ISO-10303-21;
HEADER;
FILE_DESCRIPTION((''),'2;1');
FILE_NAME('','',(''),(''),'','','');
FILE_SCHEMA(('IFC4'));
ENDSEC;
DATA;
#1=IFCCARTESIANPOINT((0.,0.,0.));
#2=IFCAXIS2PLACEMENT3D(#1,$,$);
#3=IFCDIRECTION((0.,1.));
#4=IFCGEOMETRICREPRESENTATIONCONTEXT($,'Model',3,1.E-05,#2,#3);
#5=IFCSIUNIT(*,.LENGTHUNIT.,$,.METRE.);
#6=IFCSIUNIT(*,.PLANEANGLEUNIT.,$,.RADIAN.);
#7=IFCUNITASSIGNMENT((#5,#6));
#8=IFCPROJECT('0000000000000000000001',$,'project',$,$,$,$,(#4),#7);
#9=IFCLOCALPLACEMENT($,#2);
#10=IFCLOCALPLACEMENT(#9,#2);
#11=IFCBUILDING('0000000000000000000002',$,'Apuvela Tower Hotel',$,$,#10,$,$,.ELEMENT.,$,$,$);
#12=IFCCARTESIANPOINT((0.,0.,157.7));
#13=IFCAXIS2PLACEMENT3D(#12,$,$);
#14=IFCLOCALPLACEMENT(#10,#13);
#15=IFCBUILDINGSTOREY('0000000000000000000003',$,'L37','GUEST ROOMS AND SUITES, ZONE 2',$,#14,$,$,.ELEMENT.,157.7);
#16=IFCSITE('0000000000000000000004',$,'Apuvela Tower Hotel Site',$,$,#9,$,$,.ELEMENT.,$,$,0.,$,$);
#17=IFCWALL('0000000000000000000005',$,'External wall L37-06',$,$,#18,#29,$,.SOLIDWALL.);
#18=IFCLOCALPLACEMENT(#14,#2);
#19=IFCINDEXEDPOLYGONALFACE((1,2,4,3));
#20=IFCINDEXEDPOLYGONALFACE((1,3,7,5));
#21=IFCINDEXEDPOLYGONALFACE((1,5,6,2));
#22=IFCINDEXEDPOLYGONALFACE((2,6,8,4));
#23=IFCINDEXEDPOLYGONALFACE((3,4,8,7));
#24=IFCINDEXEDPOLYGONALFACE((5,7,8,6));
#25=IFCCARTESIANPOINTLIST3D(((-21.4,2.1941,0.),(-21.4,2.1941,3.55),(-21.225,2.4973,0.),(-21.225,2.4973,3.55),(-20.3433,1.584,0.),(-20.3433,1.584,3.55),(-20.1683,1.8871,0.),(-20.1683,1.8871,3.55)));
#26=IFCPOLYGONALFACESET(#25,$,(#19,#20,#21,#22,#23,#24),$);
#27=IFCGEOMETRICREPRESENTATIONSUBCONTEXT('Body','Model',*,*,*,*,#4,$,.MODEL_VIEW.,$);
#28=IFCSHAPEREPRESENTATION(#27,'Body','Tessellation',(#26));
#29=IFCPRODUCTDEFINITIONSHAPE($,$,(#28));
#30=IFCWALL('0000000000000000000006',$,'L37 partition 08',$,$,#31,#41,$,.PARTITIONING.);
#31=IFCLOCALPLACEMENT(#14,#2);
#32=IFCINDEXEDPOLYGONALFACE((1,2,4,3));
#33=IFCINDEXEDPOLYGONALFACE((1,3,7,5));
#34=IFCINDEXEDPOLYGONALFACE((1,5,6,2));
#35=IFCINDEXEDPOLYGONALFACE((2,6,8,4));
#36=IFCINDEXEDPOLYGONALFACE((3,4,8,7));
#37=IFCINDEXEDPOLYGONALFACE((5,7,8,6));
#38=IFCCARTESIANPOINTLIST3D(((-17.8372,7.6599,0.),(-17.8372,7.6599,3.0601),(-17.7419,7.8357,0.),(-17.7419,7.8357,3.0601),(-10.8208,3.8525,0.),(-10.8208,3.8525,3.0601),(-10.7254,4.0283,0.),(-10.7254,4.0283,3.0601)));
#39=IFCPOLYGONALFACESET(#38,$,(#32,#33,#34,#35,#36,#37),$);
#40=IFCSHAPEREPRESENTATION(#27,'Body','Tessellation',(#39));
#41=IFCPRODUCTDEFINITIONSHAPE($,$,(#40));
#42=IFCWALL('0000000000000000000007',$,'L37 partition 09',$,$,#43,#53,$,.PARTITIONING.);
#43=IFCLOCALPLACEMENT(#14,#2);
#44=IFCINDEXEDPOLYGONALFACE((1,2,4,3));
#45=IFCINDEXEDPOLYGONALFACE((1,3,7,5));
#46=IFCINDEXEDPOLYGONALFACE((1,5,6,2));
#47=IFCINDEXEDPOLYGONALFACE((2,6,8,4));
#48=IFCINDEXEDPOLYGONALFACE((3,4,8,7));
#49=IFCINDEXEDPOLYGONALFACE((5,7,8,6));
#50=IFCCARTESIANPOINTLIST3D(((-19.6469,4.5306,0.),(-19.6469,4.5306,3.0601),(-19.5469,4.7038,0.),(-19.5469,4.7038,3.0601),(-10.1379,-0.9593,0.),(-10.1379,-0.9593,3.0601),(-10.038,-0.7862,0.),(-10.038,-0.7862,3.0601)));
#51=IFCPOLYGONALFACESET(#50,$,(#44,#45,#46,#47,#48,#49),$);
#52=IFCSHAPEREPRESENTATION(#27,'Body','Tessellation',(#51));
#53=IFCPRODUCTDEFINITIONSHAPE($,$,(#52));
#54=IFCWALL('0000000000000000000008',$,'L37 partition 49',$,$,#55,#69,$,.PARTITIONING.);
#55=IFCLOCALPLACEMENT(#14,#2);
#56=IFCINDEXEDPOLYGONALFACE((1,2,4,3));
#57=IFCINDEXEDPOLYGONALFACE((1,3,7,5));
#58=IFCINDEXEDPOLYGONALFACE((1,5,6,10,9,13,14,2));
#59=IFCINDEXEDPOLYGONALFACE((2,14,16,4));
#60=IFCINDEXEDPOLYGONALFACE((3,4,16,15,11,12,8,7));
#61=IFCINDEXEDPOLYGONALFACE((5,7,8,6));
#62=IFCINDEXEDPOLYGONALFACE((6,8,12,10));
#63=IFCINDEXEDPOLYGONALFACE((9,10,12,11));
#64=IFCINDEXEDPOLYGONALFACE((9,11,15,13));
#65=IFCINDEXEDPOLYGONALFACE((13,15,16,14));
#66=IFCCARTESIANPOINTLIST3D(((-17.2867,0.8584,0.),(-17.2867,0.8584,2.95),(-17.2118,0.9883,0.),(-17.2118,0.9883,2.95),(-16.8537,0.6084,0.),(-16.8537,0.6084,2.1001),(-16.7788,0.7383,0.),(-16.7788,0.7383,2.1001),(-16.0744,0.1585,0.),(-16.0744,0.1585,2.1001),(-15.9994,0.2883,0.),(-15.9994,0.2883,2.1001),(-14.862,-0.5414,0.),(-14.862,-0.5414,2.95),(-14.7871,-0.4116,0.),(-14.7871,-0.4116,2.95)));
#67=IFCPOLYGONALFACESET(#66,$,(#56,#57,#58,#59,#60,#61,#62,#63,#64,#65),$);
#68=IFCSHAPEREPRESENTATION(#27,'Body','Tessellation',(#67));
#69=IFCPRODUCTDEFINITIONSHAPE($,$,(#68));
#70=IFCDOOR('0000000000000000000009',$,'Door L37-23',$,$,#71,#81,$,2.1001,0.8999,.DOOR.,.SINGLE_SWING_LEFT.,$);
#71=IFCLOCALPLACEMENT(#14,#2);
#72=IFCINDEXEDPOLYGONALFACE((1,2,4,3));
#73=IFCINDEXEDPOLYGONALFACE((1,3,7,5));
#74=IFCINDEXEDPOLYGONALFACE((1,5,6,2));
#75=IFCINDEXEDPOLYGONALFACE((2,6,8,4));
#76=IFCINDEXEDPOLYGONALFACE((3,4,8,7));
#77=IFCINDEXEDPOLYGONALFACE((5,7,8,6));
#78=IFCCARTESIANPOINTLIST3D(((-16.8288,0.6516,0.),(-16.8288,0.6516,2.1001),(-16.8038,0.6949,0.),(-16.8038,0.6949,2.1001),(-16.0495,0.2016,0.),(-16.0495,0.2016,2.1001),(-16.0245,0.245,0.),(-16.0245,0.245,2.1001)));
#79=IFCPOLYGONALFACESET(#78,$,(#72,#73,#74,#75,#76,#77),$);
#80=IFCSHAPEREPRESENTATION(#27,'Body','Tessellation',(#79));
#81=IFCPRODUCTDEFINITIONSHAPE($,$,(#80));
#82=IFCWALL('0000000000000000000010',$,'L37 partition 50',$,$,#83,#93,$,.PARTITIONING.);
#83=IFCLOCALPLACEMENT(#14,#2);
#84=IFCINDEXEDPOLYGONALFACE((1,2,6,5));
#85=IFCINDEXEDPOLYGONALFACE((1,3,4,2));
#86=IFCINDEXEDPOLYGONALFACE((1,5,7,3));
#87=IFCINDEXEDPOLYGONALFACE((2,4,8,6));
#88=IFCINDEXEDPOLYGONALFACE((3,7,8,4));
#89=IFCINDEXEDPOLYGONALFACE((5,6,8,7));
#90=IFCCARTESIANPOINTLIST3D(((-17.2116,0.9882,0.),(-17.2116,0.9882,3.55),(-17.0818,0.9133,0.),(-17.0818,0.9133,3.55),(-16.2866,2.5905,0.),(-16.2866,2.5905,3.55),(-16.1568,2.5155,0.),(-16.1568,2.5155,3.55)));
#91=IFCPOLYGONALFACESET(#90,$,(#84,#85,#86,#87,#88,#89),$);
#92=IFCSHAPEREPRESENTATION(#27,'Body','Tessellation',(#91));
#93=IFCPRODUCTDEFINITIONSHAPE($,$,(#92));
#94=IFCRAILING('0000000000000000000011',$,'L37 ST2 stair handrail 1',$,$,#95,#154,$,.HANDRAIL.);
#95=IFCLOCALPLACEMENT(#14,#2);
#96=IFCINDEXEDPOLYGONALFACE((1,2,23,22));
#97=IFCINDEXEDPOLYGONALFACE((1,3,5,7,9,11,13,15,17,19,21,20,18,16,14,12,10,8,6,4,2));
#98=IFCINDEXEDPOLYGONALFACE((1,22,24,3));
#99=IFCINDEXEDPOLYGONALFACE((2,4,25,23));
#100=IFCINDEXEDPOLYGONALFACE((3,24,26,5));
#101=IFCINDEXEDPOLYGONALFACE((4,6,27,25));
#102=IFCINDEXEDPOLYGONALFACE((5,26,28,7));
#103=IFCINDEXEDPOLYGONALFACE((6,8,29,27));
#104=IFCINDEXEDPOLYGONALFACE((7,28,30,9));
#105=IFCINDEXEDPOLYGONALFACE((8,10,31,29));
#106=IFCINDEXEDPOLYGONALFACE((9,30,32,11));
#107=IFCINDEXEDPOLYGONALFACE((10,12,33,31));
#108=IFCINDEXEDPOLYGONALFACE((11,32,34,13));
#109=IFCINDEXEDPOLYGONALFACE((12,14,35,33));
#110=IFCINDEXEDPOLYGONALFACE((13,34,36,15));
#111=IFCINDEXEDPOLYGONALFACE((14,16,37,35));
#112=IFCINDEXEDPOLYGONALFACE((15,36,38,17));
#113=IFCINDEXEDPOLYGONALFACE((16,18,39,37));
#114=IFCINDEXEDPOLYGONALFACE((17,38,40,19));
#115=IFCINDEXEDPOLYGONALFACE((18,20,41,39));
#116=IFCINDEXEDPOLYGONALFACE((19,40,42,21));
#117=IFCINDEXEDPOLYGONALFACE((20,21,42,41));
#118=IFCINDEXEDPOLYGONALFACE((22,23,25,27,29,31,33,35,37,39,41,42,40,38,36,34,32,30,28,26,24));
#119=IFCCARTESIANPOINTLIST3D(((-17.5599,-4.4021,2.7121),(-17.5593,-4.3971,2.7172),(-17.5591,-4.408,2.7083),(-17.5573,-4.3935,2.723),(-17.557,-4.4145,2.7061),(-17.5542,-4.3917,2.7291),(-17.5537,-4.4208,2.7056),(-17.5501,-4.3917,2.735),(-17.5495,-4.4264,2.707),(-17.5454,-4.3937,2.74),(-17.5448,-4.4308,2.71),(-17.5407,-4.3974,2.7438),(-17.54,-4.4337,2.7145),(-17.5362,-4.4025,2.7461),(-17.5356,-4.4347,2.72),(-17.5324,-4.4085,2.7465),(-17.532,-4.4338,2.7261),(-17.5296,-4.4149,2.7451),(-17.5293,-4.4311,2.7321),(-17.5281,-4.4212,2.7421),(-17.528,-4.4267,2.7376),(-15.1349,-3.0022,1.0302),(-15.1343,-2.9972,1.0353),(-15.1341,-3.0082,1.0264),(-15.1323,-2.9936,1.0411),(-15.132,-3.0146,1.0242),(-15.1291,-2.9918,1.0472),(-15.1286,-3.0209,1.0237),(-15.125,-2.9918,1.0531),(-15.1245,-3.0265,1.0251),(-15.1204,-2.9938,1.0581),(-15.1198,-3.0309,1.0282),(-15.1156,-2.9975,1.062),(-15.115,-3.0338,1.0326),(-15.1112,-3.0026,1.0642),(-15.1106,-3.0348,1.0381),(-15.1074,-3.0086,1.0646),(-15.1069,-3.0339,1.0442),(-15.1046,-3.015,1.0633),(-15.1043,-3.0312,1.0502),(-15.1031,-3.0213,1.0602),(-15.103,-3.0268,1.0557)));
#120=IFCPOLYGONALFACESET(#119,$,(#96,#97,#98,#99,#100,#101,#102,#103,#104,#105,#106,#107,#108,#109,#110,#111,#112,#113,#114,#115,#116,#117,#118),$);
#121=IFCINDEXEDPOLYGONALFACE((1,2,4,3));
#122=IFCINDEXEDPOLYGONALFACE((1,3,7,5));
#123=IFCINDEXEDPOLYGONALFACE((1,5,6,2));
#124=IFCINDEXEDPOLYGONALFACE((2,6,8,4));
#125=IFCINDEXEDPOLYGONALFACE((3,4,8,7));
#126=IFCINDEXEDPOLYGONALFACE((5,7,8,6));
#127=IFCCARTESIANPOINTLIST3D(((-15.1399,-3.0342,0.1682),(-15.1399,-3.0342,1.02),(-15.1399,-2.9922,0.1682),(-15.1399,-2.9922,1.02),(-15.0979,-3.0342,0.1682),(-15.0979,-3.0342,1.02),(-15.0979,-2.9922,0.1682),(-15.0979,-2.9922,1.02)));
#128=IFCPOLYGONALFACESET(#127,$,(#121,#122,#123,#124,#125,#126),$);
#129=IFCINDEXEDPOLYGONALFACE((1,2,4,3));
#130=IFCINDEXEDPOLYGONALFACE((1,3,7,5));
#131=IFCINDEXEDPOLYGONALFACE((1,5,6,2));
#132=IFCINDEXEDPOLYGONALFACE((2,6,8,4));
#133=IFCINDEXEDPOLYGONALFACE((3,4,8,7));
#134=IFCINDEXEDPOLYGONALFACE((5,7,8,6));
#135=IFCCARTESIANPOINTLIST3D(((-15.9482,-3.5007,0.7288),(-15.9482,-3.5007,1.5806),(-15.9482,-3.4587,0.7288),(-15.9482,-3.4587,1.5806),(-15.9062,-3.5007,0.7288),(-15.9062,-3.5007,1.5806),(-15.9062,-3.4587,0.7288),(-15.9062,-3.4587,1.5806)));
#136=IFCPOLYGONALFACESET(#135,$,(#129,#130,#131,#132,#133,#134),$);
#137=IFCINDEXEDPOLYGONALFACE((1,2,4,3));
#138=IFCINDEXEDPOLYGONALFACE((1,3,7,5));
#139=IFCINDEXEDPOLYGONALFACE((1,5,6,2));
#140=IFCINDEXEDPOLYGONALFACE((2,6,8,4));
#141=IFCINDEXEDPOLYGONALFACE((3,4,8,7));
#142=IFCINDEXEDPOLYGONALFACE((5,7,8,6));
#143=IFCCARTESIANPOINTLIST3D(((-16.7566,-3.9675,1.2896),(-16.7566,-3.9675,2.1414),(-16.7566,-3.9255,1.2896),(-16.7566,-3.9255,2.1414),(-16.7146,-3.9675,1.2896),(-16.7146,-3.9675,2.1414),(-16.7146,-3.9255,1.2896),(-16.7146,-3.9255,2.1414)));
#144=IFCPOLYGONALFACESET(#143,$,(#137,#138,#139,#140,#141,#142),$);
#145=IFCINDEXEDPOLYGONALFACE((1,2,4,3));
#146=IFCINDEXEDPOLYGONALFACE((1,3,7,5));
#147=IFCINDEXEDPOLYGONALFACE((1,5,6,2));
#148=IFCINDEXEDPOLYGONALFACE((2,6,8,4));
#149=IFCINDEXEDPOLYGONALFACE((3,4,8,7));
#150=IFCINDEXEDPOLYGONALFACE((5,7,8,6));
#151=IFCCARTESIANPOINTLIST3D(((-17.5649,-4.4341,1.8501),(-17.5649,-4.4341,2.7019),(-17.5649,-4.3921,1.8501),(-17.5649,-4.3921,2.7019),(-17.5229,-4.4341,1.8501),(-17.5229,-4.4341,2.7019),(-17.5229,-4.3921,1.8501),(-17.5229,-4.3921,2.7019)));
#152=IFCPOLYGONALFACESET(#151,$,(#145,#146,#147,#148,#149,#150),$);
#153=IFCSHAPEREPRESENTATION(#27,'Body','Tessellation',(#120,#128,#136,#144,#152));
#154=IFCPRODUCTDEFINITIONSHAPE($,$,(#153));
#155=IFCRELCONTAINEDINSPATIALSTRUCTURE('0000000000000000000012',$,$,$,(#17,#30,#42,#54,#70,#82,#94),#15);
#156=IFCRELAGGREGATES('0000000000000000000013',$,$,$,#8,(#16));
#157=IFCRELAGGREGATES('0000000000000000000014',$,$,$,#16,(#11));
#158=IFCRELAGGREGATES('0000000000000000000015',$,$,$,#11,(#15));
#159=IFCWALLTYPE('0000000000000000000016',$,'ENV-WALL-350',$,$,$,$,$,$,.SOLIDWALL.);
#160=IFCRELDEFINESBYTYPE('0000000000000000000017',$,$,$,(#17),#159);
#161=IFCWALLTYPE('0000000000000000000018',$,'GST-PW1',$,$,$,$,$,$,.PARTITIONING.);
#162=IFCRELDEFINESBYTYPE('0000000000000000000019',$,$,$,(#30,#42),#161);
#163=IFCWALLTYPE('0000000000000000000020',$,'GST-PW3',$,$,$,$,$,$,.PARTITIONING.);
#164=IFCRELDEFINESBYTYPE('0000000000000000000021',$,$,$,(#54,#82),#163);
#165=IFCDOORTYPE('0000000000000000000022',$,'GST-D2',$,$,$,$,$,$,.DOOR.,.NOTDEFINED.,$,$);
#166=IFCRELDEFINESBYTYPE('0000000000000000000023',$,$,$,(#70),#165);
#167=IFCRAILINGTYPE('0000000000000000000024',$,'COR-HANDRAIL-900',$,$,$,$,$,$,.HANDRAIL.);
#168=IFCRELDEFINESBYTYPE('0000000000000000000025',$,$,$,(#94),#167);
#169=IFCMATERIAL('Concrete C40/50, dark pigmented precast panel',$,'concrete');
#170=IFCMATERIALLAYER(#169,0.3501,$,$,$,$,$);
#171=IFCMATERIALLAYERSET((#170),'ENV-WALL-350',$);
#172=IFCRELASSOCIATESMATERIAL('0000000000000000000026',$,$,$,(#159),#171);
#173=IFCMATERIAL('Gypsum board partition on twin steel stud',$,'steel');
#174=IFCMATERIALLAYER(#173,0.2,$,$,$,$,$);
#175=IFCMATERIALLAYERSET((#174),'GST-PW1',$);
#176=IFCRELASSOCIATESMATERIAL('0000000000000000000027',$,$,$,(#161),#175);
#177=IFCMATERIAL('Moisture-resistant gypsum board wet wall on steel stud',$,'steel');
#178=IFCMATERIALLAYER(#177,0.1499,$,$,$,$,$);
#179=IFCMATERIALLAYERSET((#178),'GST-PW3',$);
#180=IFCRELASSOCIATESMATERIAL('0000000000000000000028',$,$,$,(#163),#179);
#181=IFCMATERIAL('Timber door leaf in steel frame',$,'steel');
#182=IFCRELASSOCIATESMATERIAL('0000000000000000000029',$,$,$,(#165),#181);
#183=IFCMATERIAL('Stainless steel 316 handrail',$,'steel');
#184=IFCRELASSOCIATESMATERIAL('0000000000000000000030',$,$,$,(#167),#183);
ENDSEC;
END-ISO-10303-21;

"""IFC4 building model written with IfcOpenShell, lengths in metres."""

from ifc_helpers import new_model, si_unit, direction, frame, frame_2d, origin, origin_2d, place, context, subcontext, project, spatial, rectangle, circle, extrude, material, layer, layer_set, type_object, element, fill, save


model = new_model("IFC4")

# Units and contexts
model_context = context("Model", 3, precision=1e-05, world=origin(), true_north=direction((0.0, 1.0)))
body_context = subcontext(model_context, "Body", "Model", "MODEL_VIEW")
ifc_project = project(units=[si_unit("LENGTHUNIT", "METRE"), si_unit("PLANEANGLEUNIT", "RADIAN")], contexts=[model_context])

# Site, building, storey
site_placement = place(None, origin())
site = spatial("IfcSite", under=ifc_project, at=site_placement, Name="Apuvela Tower Hotel Site", CompositionType="ELEMENT", RefElevation=0.0)
building_placement = place(site_placement, origin())
building = spatial("IfcBuilding", under=site, at=building_placement, Name="Apuvela Tower Hotel", CompositionType="ELEMENT")
storey_placement = place(building_placement, frame((0.0, 0.0, 157.7)))
storey = spatial("IfcBuildingStorey", under=building, at=storey_placement, Name="L37", Description="GUEST ROOMS AND SUITES, ZONE 2", CompositionType="ELEMENT", Elevation=157.7)

# Shared definitions
ifc_material_1 = material(Name="Concrete C40/50, dark pigmented precast panel", Category="concrete")
ifc_layer_1 = layer(ifc_material_1, 0.3501)
ifc_layer_set_1 = layer_set([ifc_layer_1], Name="ENV-WALL-350")
wall_type_1 = type_object("IfcWallType", Name="ENV-WALL-350", PredefinedType="SOLIDWALL", material=ifc_layer_set_1)

# Wall
wall_1_placement = place(storey_placement, frame((-21.3125, 2.3457, 0.0), z_axis=(0.0, 0.0, 1.0), x_axis=(0.866006, -0.500034, 0.0)))
element("IfcWall", 1, at=wall_1_placement, inside=storey, type_object=wall_type_1, Name="External wall L37-06", PredefinedType="SOLIDWALL", context=body_context, shape_type="SweptSolid", body=[
    extrude(rectangle(XDim=1.2202, YDim=0.3501, at=frame_2d((0.6101, 0.0))), origin(), (0.0, 0.0, 1.0), 3.55),
])

# Walls
ifc_material_2 = material(Name="Gypsum board partition on twin steel stud", Category="steel")
ifc_layer_2 = layer(ifc_material_2, 0.2)
ifc_layer_set_2 = layer_set([ifc_layer_2], Name="GST-PW1")
wall_type_2 = type_object("IfcWallType", Name="GST-PW1", PredefinedType="PARTITIONING", material=ifc_layer_set_2)
wall_2_placement = place(storey_placement, frame((-17.7896, 7.7478, 0.0), z_axis=(0.0, 0.0, 1.0), x_axis=(0.878933, -0.476946, 0.0)))
element("IfcWall", 2, at=wall_2_placement, inside=storey, type_object=wall_type_2, Name="L37 partition 08", PredefinedType="PARTITIONING", context=body_context, shape_type="SweptSolid", body=[
    extrude(rectangle(XDim=7.9829, YDim=0.2, at=frame_2d((3.9915, 0.0))), origin(), (0.0, 0.0, 1.0), 3.0601),
])
wall_3_placement = place(storey_placement, frame((-19.5969, 4.6172, 0.0), z_axis=(0.0, 0.0, 1.0), x_axis=(0.866027, -0.499996, 0.0)))
element("IfcWall", 3, at=wall_3_placement, inside=storey, type_object=wall_type_2, Name="L37 partition 09", PredefinedType="PARTITIONING", context=body_context, shape_type="SweptSolid", body=[
    extrude(rectangle(XDim=10.98, YDim=0.2, at=frame_2d((5.49, 0.0))), origin(), (0.0, 0.0, 1.0), 3.0601),
])

# Wall, opening, door
ifc_material_3 = material(Name="Moisture-resistant gypsum board wet wall on steel stud", Category="steel")
ifc_layer_3 = layer(ifc_material_3, 0.1499)
ifc_layer_set_3 = layer_set([ifc_layer_3], Name="GST-PW3")
wall_type_3 = type_object("IfcWallType", Name="GST-PW3", PredefinedType="PARTITIONING", material=ifc_layer_set_3)
wall_4_placement = place(storey_placement, frame((-17.2493, 0.9233, 0.0), z_axis=(0.0, 0.0, 1.0), x_axis=(0.866035, -0.499984, 0.0)))
wall_4 = element("IfcWall", 4, at=wall_4_placement, inside=storey, type_object=wall_type_3, Name="L37 partition 49", PredefinedType="PARTITIONING", context=body_context, shape_type="SweptSolid", body=[
    extrude(rectangle(XDim=2.7998, YDim=0.1499, at=frame_2d((1.3999, 0.0))), origin(), (0.0, 0.0, 1.0), 2.95),
])
opening_1_placement = place(wall_4_placement, frame((0.5, 0.0, 0.0)))
opening_1 = element("IfcOpeningElement", 5, at=opening_1_placement, cuts=wall_4, PredefinedType="OPENING", context=body_context, shape_type="SweptSolid", body=[
    extrude(rectangle(XDim=0.8999, YDim=2.1001, at=frame_2d((0.45, 1.05))), frame((0.0, 0.085, 0.0), z_axis=(0.0, -1.0, 0.0), x_axis=(1.0, 0.0, 0.0)), (0.0, 0.0, 1.0), 0.1699),
])
ifc_material_4 = material(Name="Timber door leaf in steel frame", Category="steel")
door_type_1 = type_object("IfcDoorType", Name="GST-D2", OperationType="NOTDEFINED", PredefinedType="DOOR", material=ifc_material_4)
door_1_placement = place(opening_1_placement, origin())
door_1 = element("IfcDoor", 6, at=door_1_placement, inside=storey, type_object=door_type_1, Name="Door L37-23", OperationType="SINGLE_SWING_LEFT", OverallHeight=2.1001, OverallWidth=0.8999, PredefinedType="DOOR", context=body_context, shape_type="SweptSolid", body=[
    extrude(rectangle(XDim=0.8999, YDim=2.1001, at=frame_2d((0.45, 1.05))), frame((0.0, 0.0249, 0.0), z_axis=(0.0, -1.0, 0.0), x_axis=(1.0, 0.0, 0.0)), (0.0, 0.0, 1.0), 0.05),
])
fill(opening_1, door_1)

# Wall
wall_5_placement = place(storey_placement, frame((-16.2217, 2.553, 0.0), z_axis=(0.0, 0.0, 1.0), x_axis=(-0.499985, -0.866034, 0.0)))
element("IfcWall", 7, at=wall_5_placement, inside=storey, type_object=wall_type_3, Name="L37 partition 50", PredefinedType="PARTITIONING", context=body_context, shape_type="SweptSolid", body=[
    extrude(rectangle(XDim=1.8501, YDim=0.1499, at=frame_2d((0.925, 0.0))), origin(), (0.0, 0.0, 1.0), 3.55),
])

# Railing
ifc_material_5 = material(Name="Stainless steel 316 handrail", Category="steel")
railing_type = type_object("IfcRailingType", Name="COR-HANDRAIL-900", PredefinedType="HANDRAIL", material=ifc_material_5)
railing_placement = place(storey_placement, frame((-15.1189, -3.0132, 0.1682)))
element("IfcRailing", 8, at=railing_placement, inside=storey, type_object=railing_type, Name="L37 ST2 stair handrail 1", PredefinedType="HANDRAIL", context=body_context, shape_type="SweptSolid", body=[
    extrude(circle(Radius=0.0239, at=origin_2d()), frame((0.0, 0.0, 0.876), z_axis=(-0.742424, -0.428577, 0.514906), x_axis=(0.499946, -0.866056, 0.0)), (0.0, 0.0, 1.0), 3.2664),
    extrude(rectangle(XDim=0.042, YDim=0.042, at=origin_2d()), origin(), (0.0, 0.0, 1.0), 0.8518),
    extrude(rectangle(XDim=0.042, YDim=0.042, at=origin_2d()), frame((-0.8083, -0.4666, 0.5605)), (0.0, 0.0, 1.0), 0.8518),
    extrude(rectangle(XDim=0.042, YDim=0.042, at=origin_2d()), frame((-1.6167, -0.9333, 1.1213)), (0.0, 0.0, 1.0), 0.8518),
    extrude(rectangle(XDim=0.042, YDim=0.042, at=origin_2d()), frame((-2.425, -1.3999, 1.6819)), (0.0, 0.0, 1.0), 0.8518),
])

save(model, "model.ifc")
